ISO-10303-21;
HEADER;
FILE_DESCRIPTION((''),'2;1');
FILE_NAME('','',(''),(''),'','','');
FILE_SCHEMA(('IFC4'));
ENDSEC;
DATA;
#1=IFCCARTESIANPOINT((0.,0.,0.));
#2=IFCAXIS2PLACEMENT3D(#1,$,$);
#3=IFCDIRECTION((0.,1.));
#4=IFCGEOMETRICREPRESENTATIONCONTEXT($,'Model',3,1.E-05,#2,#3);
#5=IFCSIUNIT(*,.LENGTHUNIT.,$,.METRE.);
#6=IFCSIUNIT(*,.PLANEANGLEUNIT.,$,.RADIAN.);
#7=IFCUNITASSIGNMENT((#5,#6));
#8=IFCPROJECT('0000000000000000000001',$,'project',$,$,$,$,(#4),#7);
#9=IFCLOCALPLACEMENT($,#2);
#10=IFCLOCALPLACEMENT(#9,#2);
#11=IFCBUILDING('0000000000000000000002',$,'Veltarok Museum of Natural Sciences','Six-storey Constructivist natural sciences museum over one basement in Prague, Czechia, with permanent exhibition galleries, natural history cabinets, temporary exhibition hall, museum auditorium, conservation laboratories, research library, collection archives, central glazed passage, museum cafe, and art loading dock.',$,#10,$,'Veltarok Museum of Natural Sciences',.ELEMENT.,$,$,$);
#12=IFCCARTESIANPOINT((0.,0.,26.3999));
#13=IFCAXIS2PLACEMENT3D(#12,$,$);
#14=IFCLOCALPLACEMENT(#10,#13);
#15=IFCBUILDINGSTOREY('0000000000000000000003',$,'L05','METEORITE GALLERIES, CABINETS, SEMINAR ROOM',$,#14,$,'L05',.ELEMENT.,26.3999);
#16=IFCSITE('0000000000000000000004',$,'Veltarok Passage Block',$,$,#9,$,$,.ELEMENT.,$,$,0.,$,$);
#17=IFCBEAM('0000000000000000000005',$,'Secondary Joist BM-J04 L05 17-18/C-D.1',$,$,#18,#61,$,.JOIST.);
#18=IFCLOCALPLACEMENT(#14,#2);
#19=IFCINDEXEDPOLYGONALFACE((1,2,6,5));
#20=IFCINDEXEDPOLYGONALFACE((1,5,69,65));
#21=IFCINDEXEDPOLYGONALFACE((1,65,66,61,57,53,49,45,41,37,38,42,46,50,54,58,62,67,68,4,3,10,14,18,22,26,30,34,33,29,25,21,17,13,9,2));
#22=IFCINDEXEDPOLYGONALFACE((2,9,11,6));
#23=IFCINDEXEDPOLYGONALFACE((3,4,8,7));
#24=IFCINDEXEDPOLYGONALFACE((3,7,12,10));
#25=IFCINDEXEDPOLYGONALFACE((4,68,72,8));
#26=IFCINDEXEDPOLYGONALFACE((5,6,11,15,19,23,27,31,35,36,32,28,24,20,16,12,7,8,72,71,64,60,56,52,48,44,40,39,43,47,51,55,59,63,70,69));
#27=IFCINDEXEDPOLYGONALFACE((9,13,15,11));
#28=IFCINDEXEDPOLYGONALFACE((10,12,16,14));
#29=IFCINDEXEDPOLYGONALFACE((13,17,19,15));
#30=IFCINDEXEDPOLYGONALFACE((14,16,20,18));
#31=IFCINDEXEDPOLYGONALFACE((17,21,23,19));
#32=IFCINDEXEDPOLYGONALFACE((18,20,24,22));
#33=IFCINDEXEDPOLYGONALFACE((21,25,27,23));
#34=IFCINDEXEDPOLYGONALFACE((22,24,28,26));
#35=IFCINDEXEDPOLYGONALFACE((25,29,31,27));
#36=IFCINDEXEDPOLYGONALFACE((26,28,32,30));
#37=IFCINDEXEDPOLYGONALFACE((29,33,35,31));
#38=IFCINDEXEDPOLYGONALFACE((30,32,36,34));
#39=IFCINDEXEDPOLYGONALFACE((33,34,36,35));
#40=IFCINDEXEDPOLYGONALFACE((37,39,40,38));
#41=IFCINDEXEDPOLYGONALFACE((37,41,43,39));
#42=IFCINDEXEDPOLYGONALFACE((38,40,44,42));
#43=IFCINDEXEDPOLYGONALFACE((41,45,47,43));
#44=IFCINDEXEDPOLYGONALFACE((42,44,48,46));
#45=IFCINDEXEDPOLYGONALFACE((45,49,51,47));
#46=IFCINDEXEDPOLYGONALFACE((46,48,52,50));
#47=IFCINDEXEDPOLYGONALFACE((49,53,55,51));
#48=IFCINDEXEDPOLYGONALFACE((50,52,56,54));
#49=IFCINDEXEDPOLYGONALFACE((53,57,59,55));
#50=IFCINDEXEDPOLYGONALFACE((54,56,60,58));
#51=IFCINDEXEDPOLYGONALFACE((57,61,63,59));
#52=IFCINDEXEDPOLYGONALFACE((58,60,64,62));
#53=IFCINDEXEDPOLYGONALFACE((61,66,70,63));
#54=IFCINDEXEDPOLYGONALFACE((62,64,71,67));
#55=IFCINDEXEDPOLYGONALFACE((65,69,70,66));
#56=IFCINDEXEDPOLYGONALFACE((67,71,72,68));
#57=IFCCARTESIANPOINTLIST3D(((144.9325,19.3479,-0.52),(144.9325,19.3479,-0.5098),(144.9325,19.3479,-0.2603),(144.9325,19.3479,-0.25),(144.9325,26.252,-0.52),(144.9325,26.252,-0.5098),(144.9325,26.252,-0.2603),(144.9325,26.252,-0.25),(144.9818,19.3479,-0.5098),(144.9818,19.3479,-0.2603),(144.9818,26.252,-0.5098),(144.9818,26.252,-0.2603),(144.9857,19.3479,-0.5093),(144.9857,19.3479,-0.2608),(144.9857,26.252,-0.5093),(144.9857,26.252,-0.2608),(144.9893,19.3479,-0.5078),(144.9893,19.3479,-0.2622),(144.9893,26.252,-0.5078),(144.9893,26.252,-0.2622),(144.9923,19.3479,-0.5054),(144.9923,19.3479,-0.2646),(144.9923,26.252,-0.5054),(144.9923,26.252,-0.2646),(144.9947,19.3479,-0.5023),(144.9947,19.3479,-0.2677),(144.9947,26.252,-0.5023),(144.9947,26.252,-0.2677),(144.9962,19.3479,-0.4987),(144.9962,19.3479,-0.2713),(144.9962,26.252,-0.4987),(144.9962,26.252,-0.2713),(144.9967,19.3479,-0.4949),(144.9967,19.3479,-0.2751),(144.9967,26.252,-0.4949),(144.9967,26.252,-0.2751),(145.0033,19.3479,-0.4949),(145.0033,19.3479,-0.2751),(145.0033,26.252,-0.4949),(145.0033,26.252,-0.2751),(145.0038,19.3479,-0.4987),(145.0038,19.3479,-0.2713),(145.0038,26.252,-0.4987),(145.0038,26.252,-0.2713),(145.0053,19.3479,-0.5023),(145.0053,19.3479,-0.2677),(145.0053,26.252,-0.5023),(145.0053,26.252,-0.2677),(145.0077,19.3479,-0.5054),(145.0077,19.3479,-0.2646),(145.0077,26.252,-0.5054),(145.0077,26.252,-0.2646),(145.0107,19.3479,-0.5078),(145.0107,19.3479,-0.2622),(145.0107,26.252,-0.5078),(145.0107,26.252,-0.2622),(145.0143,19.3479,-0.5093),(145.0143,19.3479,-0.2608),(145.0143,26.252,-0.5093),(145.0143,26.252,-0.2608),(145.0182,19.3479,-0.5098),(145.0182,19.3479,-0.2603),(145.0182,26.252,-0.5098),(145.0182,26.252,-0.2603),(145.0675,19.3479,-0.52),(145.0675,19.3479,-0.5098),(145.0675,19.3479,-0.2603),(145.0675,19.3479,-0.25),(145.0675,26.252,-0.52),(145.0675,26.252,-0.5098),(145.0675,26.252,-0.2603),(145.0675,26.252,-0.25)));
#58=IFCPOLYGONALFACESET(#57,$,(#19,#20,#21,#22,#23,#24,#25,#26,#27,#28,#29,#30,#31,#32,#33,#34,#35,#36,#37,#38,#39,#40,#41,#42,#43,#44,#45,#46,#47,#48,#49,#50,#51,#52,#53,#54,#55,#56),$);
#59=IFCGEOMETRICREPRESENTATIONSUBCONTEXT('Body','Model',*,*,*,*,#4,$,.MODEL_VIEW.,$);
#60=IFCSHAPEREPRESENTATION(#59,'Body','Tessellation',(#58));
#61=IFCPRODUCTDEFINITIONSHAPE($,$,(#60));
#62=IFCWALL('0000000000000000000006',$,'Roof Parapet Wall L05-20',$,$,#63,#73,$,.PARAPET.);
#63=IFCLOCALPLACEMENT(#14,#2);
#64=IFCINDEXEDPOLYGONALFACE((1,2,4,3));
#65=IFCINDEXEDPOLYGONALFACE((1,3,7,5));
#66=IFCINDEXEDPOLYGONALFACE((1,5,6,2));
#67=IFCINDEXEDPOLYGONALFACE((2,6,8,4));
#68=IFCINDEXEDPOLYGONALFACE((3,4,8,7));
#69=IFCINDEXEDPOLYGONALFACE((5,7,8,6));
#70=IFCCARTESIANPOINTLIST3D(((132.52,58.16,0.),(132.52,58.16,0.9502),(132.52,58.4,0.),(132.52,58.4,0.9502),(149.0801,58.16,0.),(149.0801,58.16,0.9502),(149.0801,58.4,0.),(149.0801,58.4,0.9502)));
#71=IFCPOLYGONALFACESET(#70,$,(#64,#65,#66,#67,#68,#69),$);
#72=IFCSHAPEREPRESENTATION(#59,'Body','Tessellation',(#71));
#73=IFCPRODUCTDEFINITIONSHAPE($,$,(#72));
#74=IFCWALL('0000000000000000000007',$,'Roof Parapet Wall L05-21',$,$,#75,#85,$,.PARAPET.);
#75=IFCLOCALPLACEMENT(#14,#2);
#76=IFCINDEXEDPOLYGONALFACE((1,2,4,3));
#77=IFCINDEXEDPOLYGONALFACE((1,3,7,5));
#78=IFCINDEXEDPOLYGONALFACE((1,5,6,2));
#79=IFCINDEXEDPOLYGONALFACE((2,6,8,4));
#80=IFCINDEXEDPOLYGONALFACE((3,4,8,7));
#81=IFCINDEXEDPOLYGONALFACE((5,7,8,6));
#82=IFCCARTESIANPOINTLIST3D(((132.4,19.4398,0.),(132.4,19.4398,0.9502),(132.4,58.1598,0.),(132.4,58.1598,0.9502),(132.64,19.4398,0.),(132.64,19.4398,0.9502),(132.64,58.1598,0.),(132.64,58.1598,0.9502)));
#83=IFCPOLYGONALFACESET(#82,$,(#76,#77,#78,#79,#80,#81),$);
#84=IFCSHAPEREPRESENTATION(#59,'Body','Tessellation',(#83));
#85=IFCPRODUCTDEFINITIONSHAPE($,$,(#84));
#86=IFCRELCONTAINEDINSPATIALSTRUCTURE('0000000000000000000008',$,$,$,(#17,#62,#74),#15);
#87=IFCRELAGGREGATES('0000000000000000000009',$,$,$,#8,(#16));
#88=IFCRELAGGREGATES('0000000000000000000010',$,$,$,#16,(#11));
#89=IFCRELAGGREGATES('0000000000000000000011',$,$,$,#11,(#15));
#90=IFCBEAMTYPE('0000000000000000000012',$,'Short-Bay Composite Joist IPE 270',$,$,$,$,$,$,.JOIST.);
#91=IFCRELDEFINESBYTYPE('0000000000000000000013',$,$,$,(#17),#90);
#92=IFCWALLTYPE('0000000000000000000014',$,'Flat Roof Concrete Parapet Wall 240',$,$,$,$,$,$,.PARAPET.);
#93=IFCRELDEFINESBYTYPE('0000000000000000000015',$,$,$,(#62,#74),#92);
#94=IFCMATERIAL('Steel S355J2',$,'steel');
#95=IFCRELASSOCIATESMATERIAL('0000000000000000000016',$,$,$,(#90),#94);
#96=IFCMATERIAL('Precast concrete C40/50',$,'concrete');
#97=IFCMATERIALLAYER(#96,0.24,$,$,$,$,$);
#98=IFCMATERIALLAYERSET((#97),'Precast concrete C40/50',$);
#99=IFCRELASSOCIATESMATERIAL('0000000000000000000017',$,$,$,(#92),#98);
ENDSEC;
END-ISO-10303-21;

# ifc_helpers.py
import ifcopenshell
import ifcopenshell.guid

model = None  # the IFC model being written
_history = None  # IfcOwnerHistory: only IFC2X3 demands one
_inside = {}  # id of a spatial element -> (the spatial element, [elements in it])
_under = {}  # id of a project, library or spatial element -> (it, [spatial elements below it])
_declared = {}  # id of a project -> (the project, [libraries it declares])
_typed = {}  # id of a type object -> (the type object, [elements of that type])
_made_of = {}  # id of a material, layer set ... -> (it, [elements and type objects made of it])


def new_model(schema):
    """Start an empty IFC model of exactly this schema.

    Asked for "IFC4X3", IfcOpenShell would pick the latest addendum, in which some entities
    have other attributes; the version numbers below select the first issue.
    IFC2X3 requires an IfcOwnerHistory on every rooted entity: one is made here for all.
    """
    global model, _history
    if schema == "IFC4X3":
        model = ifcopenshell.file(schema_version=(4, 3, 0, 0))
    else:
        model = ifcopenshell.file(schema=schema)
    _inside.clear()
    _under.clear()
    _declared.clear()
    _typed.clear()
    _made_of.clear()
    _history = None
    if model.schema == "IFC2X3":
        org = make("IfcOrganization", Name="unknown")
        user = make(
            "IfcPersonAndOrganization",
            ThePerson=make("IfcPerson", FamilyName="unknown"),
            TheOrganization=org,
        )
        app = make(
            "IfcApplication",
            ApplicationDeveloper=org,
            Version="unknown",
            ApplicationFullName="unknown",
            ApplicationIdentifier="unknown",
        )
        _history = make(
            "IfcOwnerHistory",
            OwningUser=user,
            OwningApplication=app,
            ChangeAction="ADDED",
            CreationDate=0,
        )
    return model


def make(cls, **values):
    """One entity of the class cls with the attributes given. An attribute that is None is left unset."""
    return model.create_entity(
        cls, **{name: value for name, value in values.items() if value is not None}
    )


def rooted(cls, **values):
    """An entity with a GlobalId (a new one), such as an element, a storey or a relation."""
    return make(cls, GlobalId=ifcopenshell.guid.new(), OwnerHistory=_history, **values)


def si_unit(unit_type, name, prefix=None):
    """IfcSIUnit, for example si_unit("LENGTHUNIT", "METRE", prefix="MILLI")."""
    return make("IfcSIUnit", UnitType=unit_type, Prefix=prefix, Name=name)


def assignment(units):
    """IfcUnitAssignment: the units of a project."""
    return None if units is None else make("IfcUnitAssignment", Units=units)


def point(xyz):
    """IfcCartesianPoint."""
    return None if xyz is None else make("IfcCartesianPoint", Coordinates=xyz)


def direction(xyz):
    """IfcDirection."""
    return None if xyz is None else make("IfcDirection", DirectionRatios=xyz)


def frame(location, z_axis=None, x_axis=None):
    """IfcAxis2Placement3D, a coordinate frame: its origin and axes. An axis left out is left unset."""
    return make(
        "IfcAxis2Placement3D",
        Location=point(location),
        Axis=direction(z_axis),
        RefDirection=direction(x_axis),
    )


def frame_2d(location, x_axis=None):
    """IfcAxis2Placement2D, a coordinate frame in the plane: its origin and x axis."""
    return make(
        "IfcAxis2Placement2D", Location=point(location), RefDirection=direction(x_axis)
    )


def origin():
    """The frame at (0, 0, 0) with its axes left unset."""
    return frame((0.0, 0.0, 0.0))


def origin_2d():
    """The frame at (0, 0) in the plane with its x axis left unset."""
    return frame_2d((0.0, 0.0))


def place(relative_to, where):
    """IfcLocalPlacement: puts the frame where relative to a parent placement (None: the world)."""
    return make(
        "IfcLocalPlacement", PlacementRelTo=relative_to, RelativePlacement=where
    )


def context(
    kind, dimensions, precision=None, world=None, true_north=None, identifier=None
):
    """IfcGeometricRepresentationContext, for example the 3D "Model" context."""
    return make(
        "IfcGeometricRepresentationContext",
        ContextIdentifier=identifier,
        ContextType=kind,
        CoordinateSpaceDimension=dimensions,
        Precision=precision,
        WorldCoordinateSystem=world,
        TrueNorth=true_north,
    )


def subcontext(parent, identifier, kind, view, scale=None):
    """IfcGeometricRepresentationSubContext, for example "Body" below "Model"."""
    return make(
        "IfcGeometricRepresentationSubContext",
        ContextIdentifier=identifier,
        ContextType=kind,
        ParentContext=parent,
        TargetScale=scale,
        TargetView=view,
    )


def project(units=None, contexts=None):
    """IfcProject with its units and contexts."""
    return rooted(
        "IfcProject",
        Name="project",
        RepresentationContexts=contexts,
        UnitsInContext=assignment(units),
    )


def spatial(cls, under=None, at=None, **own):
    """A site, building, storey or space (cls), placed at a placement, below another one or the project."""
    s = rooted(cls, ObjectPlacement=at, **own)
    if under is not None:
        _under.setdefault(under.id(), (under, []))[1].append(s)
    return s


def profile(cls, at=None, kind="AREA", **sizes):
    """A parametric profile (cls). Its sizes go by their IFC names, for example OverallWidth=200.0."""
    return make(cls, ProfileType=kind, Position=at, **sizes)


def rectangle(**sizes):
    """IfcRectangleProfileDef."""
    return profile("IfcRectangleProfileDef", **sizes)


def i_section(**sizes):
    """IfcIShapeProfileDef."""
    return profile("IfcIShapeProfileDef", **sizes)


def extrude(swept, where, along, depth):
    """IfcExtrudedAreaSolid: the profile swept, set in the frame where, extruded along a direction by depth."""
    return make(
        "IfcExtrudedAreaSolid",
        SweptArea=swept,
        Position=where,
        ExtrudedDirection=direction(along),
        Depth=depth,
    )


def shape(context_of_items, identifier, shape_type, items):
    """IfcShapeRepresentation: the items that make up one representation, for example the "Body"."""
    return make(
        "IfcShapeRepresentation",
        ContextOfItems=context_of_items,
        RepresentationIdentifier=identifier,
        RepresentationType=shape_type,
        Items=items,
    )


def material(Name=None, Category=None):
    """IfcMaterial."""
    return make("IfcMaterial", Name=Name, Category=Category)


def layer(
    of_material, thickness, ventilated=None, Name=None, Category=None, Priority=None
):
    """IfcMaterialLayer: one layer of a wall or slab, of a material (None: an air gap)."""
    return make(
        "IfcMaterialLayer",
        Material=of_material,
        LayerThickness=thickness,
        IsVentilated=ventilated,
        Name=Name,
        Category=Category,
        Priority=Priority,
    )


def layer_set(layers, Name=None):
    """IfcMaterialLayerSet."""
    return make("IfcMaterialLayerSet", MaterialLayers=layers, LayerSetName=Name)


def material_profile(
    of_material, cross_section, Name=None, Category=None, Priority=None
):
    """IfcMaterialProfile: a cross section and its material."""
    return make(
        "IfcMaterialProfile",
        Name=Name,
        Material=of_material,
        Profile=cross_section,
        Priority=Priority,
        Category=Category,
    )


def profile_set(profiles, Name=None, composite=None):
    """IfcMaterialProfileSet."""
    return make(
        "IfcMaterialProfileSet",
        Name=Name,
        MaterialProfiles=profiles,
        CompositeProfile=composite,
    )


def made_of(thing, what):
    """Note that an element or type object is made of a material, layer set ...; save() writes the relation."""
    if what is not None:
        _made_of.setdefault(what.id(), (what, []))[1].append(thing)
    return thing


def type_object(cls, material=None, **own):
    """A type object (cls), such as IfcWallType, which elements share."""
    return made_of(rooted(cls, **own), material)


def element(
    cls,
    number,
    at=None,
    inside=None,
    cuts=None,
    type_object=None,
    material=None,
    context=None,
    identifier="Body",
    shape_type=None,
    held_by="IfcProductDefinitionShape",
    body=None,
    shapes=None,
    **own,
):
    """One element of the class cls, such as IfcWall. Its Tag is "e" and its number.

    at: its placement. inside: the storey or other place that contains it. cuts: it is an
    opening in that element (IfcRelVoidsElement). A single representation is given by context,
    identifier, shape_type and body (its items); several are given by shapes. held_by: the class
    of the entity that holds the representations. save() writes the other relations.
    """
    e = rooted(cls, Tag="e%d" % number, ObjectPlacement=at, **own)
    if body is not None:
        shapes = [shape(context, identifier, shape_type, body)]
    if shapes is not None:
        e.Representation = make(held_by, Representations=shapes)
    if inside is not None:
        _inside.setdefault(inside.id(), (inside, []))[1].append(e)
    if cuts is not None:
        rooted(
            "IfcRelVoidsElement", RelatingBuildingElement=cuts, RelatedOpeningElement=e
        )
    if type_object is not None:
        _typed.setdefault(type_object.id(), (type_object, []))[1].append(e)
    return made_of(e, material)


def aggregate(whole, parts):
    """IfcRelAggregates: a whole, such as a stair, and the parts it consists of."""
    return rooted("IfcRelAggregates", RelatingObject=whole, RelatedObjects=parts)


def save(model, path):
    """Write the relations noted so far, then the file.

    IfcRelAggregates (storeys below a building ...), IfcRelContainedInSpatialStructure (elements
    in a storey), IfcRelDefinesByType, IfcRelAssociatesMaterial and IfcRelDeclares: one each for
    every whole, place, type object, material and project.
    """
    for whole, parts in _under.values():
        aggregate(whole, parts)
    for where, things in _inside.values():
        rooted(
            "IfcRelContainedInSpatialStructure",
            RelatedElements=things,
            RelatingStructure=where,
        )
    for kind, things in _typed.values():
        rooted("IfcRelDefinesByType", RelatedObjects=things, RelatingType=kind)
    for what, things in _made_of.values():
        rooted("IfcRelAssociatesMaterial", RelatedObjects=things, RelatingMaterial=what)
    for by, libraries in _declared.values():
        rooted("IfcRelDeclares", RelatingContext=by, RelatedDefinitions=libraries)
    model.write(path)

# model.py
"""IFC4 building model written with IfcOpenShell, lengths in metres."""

from ifc_helpers import new_model, si_unit, direction, frame, frame_2d, origin, origin_2d, place, context, subcontext, project, spatial, rectangle, i_section, extrude, material, layer, layer_set, material_profile, profile_set, type_object, element, save


model = new_model("IFC4")

# Units and contexts
model_context = context("Model", 3, precision=1e-05, world=origin(), true_north=direction((0.0, 1.0)))
body_context = subcontext(model_context, "Body", "Model", "MODEL_VIEW")
ifc_project = project(units=[si_unit("LENGTHUNIT", "METRE"), si_unit("PLANEANGLEUNIT", "RADIAN")], contexts=[model_context])

# Site, building, storey
site_placement = place(None, origin())
site = spatial("IfcSite", under=ifc_project, at=site_placement, Name="Veltarok Passage Block", CompositionType="ELEMENT", RefElevation=0.0)
building_placement = place(site_placement, origin())
building = spatial("IfcBuilding", under=site, at=building_placement, Name="Veltarok Museum of Natural Sciences", Description="Six-storey Constructivist natural sciences museum over one basement in Prague, Czechia, with permanent exhibition galleries, natural history cabinets, temporary exhibition hall, museum auditorium, conservation laboratories, research library, collection archives, central glazed passage, museum cafe, and art loading dock.", LongName="Veltarok Museum of Natural Sciences", CompositionType="ELEMENT")
storey_placement = place(building_placement, frame((0.0, 0.0, 26.3999)))
storey = spatial("IfcBuildingStorey", under=building, at=storey_placement, Name="L05", Description="METEORITE GALLERIES, CABINETS, SEMINAR ROOM", LongName="L05", CompositionType="ELEMENT", Elevation=26.3999)

# Beam
ifc_material_1 = material(Name="Precast concrete C40/50", Category="concrete")
ifc_material_2 = material(Name="Steel S355J2", Category="steel")
ifc_material_profile_1 = material_profile(ifc_material_2, i_section(OverallWidth=0.135, OverallDepth=0.27, WebThickness=0.0066, FlangeThickness=0.0103, FilletRadius=0.0149, at=origin_2d()), Name="IPE 270")
ifc_profile_set_1 = profile_set([ifc_material_profile_1], Name="Steel S355J2")
beam_type_1 = type_object("IfcBeamType", Name="Short-Bay Composite Joist IPE 270", PredefinedType="JOIST", material=ifc_profile_set_1)
for number, where, z_axis, x_axis, name in (
    (1, (145.0, 19.3479, -0.385), (0.0, 1.0, 0.0), (-1.0, 0.0, 0.0), "Secondary Joist BM-J04 L05 17-18/C-D.1"),
):
    element("IfcBeam", number, at=place(storey_placement, frame(where, z_axis=z_axis, x_axis=x_axis)), inside=storey, type_object=beam_type_1, Name=name, PredefinedType="JOIST", context=body_context, shape_type="SweptSolid", body=[
        extrude(i_section(OverallWidth=0.135, OverallDepth=0.27, WebThickness=0.0066, FlangeThickness=0.0103, FilletRadius=0.0149, at=origin_2d()), origin(), (0.0, 0.0, 1.0), 6.9041),
    ])

# Walls
ifc_layer = layer(ifc_material_1, 0.24)
ifc_layer_set = layer_set([ifc_layer], Name="Precast concrete C40/50")
wall_type = type_object("IfcWallType", Name="Flat Roof Concrete Parapet Wall 240", PredefinedType="PARAPET", material=ifc_layer_set)
wall_1_placement = place(storey_placement, frame((132.52, 58.28, 0.0), z_axis=(0.0, 0.0, 1.0), x_axis=(1.0, 0.0, 0.0)))
element("IfcWall", 2, at=wall_1_placement, inside=storey, type_object=wall_type, Name="Roof Parapet Wall L05-20", PredefinedType="PARAPET", context=body_context, shape_type="SweptSolid", body=[
    extrude(rectangle(XDim=16.5601, YDim=0.24, at=frame_2d((8.28, 0.0))), origin(), (0.0, 0.0, 1.0), 0.9502),
])
wall_2_placement = place(storey_placement, frame((132.52, 19.4399, 0.0), z_axis=(0.0, 0.0, 1.0), x_axis=(0.0, 1.0, 0.0)))
element("IfcWall", 3, at=wall_2_placement, inside=storey, type_object=wall_type, Name="Roof Parapet Wall L05-21", PredefinedType="PARAPET", context=body_context, shape_type="SweptSolid", body=[
    extrude(rectangle(XDim=38.72, YDim=0.24, at=frame_2d((19.3599, 0.0))), origin(), (0.0, 0.0, 1.0), 0.9502),
])

save(model, "model.ifc")
